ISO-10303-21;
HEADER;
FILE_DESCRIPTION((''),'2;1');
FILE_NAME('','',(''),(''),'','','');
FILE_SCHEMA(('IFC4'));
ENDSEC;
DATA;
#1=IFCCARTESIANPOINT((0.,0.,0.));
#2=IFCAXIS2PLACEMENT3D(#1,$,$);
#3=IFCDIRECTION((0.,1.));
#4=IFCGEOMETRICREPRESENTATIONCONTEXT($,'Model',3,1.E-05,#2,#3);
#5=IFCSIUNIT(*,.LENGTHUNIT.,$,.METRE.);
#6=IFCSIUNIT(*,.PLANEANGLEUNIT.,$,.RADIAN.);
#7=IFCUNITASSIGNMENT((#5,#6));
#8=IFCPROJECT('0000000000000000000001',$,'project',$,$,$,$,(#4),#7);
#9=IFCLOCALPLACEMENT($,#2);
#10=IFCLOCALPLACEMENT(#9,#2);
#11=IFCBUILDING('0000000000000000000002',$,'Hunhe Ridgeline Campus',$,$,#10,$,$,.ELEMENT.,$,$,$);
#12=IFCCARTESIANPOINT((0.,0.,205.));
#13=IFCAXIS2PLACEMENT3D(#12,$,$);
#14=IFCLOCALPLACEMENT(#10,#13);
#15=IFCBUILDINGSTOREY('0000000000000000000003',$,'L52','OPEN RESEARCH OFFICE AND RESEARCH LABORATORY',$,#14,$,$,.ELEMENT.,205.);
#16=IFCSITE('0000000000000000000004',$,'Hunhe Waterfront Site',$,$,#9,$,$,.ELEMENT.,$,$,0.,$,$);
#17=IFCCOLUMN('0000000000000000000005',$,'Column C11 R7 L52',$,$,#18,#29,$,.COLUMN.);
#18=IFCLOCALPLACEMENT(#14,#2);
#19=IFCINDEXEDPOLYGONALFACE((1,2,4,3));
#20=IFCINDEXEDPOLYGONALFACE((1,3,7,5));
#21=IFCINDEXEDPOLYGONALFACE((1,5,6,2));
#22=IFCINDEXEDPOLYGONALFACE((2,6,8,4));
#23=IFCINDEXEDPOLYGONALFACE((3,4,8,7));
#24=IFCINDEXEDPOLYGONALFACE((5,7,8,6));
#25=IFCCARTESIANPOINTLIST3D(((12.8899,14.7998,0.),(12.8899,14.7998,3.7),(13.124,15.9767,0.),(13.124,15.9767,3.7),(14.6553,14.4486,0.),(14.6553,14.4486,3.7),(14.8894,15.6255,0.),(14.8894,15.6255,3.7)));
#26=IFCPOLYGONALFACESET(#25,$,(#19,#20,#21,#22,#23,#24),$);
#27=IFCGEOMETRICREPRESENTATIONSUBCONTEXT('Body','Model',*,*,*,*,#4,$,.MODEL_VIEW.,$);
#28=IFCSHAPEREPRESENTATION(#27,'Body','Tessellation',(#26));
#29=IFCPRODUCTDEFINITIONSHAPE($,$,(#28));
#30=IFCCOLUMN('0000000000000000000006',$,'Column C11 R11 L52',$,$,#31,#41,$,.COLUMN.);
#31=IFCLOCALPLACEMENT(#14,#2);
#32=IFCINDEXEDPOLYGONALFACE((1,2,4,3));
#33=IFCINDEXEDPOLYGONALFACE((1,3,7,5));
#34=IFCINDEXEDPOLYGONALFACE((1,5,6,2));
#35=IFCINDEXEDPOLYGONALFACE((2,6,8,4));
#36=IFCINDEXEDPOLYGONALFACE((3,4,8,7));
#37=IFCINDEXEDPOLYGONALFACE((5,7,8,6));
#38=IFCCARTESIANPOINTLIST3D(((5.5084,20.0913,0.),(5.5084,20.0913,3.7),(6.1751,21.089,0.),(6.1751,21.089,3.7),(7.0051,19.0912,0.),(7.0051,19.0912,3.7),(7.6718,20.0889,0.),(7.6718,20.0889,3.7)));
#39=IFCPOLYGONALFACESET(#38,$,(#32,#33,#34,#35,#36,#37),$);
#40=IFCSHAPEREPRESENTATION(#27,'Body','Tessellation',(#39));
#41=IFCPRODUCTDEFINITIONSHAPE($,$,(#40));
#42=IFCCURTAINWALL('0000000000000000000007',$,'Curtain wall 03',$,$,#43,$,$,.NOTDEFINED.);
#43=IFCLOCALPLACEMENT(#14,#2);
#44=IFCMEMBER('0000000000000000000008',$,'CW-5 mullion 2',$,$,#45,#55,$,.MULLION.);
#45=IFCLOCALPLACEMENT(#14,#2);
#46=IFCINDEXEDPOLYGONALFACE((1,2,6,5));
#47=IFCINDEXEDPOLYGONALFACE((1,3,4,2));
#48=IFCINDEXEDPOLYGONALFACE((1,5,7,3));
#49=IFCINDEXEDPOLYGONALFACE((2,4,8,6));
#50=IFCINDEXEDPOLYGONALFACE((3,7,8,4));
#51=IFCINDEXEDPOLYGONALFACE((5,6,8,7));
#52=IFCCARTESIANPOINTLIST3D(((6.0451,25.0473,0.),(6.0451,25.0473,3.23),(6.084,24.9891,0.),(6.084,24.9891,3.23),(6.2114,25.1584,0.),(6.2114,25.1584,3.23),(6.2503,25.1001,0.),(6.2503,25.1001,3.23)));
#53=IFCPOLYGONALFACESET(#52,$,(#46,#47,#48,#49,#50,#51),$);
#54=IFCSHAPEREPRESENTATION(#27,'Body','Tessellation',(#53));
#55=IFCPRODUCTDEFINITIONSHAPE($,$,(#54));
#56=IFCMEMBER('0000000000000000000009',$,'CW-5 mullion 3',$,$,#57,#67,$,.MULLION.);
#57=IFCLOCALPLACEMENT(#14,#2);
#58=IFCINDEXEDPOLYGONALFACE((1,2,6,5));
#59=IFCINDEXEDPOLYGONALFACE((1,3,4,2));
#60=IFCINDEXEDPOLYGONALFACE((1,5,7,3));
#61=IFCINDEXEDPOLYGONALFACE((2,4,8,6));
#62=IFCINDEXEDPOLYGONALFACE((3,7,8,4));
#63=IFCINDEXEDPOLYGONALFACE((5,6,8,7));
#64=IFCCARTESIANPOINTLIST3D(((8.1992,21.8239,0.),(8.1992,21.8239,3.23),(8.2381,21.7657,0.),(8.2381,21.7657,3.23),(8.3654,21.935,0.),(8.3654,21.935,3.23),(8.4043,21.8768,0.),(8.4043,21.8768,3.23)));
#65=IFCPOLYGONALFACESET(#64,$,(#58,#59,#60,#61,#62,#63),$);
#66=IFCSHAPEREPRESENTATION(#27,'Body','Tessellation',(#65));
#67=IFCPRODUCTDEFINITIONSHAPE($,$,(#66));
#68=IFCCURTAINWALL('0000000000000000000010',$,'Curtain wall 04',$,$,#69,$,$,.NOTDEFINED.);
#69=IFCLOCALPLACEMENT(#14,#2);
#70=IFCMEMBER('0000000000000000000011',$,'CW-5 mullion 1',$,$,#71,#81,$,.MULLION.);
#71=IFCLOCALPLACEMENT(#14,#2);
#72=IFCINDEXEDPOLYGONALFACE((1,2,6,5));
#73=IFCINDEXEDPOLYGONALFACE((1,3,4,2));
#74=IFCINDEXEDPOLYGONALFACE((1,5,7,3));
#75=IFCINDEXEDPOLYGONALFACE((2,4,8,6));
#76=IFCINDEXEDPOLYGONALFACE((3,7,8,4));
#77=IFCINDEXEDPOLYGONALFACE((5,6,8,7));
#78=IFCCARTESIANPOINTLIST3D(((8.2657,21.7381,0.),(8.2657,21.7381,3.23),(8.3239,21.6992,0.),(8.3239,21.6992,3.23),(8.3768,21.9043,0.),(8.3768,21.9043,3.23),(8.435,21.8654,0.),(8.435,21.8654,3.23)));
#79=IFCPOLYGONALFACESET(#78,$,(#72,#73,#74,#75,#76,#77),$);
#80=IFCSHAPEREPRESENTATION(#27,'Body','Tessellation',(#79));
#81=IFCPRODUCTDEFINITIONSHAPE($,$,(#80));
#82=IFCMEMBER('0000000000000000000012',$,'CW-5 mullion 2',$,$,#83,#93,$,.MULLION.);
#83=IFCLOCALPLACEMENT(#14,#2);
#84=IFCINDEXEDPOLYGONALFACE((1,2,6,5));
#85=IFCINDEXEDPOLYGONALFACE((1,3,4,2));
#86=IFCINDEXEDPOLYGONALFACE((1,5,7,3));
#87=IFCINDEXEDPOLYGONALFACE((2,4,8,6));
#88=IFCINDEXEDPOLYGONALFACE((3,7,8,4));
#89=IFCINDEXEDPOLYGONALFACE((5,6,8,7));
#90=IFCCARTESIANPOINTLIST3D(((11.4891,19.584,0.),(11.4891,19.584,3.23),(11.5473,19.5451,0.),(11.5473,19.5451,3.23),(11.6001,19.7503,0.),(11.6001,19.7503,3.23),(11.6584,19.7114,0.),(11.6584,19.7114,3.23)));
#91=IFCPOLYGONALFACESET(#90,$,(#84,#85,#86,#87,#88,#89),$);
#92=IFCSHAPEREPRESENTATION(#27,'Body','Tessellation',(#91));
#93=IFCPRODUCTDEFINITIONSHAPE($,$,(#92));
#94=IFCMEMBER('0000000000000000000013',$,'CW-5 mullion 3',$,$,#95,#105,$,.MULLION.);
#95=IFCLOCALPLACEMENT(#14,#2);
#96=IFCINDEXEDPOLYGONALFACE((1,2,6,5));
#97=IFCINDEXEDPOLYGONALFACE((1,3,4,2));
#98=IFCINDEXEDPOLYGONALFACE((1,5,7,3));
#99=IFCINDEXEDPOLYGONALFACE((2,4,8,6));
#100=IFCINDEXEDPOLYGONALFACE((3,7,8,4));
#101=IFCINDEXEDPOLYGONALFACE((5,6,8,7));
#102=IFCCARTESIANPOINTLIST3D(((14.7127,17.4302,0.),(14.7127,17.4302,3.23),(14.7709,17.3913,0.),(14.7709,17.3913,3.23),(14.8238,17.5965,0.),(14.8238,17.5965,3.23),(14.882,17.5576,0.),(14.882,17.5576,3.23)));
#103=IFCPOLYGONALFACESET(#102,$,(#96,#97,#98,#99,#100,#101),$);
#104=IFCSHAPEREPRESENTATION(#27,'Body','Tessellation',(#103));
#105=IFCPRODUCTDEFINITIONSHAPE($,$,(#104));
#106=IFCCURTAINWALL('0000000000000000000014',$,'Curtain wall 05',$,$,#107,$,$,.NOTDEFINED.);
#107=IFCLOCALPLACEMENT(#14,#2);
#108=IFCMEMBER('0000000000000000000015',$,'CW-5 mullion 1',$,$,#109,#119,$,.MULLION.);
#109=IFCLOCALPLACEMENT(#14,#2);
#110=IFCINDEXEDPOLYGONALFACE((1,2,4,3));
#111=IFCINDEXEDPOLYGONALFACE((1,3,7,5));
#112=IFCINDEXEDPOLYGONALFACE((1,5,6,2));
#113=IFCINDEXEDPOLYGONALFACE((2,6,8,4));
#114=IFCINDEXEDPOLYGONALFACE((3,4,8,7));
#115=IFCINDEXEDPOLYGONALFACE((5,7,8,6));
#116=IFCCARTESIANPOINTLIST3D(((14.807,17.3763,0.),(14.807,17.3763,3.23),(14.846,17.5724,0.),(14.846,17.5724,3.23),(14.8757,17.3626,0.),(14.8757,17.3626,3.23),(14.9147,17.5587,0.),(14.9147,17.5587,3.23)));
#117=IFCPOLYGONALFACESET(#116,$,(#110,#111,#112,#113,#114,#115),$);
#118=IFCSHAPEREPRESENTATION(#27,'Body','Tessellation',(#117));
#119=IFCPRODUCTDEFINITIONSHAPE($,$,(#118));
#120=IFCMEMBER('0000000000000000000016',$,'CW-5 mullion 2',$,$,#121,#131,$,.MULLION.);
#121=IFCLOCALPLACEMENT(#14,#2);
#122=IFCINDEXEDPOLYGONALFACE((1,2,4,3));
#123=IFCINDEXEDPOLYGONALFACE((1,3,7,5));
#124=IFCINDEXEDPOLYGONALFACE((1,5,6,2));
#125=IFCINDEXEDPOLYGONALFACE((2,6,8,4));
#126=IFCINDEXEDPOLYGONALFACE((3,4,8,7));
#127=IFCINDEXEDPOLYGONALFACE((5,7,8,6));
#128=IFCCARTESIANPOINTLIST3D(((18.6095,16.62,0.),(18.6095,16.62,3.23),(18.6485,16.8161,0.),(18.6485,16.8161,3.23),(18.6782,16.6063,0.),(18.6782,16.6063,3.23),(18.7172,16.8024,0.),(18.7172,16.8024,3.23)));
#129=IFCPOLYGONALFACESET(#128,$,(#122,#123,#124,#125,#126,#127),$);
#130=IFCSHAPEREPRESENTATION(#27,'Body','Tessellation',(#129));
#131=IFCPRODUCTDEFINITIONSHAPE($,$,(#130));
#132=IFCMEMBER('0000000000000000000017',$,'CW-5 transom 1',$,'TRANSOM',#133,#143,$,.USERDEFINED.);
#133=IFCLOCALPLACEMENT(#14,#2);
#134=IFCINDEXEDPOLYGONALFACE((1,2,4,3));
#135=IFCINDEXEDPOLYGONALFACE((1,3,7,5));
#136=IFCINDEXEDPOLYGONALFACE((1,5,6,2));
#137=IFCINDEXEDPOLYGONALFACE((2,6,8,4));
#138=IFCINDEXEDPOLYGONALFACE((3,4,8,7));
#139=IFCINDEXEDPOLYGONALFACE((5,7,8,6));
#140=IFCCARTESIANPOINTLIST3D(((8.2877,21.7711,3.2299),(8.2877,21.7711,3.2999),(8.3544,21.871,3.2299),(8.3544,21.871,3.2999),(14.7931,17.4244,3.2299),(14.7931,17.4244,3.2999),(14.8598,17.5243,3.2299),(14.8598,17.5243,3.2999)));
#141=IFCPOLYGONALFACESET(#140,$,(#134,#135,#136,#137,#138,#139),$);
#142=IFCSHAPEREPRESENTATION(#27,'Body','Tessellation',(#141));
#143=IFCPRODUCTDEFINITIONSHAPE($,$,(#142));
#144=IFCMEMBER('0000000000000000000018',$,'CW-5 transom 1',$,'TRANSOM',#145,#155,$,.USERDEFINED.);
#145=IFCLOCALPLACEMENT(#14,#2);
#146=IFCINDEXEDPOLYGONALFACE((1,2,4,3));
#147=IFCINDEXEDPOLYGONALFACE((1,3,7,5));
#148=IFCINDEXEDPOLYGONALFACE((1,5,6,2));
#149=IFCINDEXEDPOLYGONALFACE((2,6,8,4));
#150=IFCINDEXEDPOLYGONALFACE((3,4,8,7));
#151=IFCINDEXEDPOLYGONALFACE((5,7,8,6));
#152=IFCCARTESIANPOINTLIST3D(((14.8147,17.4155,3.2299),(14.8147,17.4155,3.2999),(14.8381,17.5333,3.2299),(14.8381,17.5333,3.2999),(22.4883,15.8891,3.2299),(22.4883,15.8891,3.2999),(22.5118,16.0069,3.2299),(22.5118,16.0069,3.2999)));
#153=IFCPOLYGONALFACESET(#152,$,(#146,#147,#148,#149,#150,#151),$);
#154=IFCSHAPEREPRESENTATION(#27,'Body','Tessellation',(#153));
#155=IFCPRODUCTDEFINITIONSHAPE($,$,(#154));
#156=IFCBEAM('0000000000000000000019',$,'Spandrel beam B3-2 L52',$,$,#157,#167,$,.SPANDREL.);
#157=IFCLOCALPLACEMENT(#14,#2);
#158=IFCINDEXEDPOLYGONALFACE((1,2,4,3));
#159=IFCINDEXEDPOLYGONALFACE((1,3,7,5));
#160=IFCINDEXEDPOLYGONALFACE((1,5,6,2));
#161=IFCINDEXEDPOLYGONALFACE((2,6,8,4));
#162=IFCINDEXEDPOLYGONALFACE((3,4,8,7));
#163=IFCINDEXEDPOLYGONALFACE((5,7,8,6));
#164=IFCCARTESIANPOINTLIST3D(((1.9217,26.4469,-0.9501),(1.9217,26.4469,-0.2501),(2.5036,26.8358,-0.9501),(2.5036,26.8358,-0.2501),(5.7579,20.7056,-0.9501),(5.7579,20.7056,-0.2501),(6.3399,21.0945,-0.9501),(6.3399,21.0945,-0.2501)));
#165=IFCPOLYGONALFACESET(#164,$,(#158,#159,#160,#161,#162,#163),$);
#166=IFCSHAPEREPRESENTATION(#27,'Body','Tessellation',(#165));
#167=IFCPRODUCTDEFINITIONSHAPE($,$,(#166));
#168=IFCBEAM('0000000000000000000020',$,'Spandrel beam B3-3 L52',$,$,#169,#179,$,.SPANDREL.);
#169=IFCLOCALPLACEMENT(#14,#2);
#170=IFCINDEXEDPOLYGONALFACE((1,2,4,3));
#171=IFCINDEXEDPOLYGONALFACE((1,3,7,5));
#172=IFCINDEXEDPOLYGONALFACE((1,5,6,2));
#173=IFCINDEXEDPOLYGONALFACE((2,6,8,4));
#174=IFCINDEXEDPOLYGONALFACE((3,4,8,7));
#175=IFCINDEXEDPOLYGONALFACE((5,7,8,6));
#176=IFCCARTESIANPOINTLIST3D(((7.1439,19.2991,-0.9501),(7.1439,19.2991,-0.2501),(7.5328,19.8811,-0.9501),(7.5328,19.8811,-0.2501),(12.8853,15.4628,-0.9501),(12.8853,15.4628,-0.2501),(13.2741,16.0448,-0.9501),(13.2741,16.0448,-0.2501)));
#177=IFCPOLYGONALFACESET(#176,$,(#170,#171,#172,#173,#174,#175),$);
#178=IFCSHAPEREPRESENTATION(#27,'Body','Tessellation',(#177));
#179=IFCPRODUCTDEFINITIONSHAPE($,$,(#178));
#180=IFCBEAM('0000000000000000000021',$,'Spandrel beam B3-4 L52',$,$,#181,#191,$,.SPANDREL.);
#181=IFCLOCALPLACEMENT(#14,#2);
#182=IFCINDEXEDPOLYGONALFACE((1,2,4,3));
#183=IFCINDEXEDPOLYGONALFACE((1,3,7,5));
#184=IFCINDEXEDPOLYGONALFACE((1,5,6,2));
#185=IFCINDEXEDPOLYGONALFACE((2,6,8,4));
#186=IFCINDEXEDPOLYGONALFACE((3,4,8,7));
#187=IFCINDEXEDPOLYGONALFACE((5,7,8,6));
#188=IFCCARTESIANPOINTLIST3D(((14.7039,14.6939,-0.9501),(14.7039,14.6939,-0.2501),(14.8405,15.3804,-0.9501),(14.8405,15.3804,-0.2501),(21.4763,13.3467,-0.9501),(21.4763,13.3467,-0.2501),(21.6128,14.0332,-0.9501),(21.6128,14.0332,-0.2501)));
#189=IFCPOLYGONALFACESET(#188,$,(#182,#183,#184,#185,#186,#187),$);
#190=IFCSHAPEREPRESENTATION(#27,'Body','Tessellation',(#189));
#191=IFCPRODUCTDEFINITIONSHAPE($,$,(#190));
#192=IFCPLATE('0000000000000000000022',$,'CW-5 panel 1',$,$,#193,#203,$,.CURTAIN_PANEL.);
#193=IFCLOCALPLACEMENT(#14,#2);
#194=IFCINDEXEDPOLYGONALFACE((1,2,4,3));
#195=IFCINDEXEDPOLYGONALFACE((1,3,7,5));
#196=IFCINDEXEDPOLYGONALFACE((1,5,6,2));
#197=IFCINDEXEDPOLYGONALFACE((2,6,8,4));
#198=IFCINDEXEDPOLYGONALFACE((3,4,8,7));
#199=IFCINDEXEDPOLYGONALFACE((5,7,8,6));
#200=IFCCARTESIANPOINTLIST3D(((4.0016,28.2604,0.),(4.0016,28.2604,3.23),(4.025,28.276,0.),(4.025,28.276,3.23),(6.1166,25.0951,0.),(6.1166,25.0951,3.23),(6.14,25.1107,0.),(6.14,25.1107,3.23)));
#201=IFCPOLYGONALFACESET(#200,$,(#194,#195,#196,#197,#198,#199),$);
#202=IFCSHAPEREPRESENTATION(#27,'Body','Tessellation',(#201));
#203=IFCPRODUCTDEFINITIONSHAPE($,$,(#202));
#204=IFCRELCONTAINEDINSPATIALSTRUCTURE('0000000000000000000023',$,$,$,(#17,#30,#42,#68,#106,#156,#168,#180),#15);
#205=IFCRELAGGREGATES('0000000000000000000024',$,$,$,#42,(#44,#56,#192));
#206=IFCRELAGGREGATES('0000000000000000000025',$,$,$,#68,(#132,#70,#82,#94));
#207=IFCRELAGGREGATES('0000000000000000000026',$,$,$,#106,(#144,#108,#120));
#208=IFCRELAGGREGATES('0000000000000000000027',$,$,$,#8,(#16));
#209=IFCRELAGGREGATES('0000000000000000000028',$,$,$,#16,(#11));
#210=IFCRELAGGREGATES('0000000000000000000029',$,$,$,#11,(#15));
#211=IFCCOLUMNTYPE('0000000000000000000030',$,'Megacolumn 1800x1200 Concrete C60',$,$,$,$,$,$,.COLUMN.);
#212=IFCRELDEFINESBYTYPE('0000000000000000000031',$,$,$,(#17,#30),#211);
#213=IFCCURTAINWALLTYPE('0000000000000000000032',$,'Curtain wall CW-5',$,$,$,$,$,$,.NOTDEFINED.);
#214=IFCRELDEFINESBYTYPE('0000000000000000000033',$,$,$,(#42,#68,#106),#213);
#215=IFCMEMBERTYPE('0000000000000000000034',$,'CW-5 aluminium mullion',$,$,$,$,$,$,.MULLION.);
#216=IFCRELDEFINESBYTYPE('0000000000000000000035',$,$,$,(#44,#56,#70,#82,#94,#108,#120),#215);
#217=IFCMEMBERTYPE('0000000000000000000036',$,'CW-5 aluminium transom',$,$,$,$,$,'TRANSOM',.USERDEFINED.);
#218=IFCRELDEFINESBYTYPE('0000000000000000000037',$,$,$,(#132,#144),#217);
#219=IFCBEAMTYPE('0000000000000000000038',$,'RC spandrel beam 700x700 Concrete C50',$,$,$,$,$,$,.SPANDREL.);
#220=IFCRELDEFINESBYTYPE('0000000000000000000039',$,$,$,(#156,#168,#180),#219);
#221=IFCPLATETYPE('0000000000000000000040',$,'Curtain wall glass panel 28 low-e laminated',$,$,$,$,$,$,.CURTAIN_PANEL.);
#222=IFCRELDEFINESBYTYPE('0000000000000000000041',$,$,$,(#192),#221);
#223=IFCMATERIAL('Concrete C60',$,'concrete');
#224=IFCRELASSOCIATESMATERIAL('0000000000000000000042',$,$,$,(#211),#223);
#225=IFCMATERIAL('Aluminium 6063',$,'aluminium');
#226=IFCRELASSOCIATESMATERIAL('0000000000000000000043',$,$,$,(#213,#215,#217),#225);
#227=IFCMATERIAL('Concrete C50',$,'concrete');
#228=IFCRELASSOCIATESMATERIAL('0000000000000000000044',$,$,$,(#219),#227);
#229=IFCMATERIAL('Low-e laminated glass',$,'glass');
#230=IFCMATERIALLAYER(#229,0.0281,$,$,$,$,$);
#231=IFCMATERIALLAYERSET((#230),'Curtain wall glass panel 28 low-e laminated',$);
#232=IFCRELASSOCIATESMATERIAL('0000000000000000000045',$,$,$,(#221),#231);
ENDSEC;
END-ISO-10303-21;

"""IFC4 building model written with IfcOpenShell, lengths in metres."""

from ifc_helpers import new_model, si_unit, direction, frame, origin, origin_2d, place, context, subcontext, project, spatial, rectangle, extrude, material, layer, layer_set, material_profile, profile_set, type_object, element, aggregate, save


model = new_model("IFC4")

# Units and contexts
model_context = context("Model", 3, precision=1e-05, world=origin(), true_north=direction((0.0, 1.0)))
body_context = subcontext(model_context, "Body", "Model", "MODEL_VIEW")
ifc_project = project(units=[si_unit("LENGTHUNIT", "METRE"), si_unit("PLANEANGLEUNIT", "RADIAN")], contexts=[model_context])

# Site, building, storey
site_placement = place(None, origin())
site = spatial("IfcSite", under=ifc_project, at=site_placement, Name="Hunhe Waterfront Site", CompositionType="ELEMENT", RefElevation=0.0)
building_placement = place(site_placement, origin())
building = spatial("IfcBuilding", under=site, at=building_placement, Name="Hunhe Ridgeline Campus", CompositionType="ELEMENT")
storey_placement = place(building_placement, frame((0.0, 0.0, 205.0)))
storey = spatial("IfcBuildingStorey", under=building, at=storey_placement, Name="L52", Description="OPEN RESEARCH OFFICE AND RESEARCH LABORATORY", CompositionType="ELEMENT", Elevation=205.0)

# Columns
ifc_material_1 = material(Name="Concrete C60", Category="concrete")
ifc_material_profile_1 = material_profile(ifc_material_1, rectangle(XDim=1.8, YDim=1.2, at=origin_2d()))
ifc_profile_set_1 = profile_set([ifc_material_profile_1], Name="Concrete C60")
column_type = type_object("IfcColumnType", Name="Megacolumn 1800x1200 Concrete C60", PredefinedType="COLUMN", material=ifc_profile_set_1)
for number, where, z_axis, x_axis, name in (
    (1, (13.8896, 15.2126, 0.0), (0.0, 0.0, 1.0), (-0.980785, 0.19509, 0.0), "Column C11 R7 L52"),
    (2, (6.5901, 20.0901, 0.0), (0.0, 0.0, 1.0), (-0.83147, 0.55557, 0.0), "Column C11 R11 L52"),
):
    element("IfcColumn", number, at=place(storey_placement, frame(where, z_axis=z_axis, x_axis=x_axis)), inside=storey, type_object=column_type, Name=name, PredefinedType="COLUMN", context=body_context, shape_type="SweptSolid", body=[
        extrude(rectangle(XDim=1.8, YDim=1.2, at=origin_2d()), origin(), (0.0, 0.0, 1.0), 3.7),
    ])

# Curtain walls, members
ifc_material_2 = material(Name="Aluminium 6063", Category="aluminium")
curtain_wall_type = type_object("IfcCurtainWallType", Name="Curtain wall CW-5", PredefinedType="NOTDEFINED", material=ifc_material_2)
curtain_wall_1_placement = place(storey_placement, origin())
curtain_wall_1 = element("IfcCurtainWall", 3, at=curtain_wall_1_placement, inside=storey, type_object=curtain_wall_type, Name="Curtain wall 03", PredefinedType="NOTDEFINED")
ifc_material_profile_2 = material_profile(ifc_material_2, rectangle(XDim=0.2, YDim=0.0701, at=origin_2d()))
ifc_profile_set_2 = profile_set([ifc_material_profile_2], Name="Aluminium 6063")
member_type_1 = type_object("IfcMemberType", Name="CW-5 aluminium mullion", PredefinedType="MULLION", material=ifc_profile_set_2)
member_1_placement = place(storey_placement, frame((6.1477, 25.0737, 0.0), z_axis=(0.0, 0.0, 1.0), x_axis=(0.83147, 0.55557, 0.0)))
member_1 = element("IfcMember", 4, at=member_1_placement, type_object=member_type_1, Name="CW-5 mullion 2", PredefinedType="MULLION", context=body_context, shape_type="SweptSolid", body=[
    extrude(rectangle(XDim=0.2, YDim=0.0701, at=origin_2d()), origin(), (0.0, 0.0, 1.0), 3.23),
])
member_2_placement = place(storey_placement, frame((8.3018, 21.8503, 0.0), z_axis=(0.0, 0.0, 1.0), x_axis=(0.83147, 0.55557, 0.0)))
member_2 = element("IfcMember", 5, at=member_2_placement, type_object=member_type_1, Name="CW-5 mullion 3", PredefinedType="MULLION", context=body_context, shape_type="SweptSolid", body=[
    extrude(rectangle(XDim=0.2, YDim=0.0701, at=origin_2d()), origin(), (0.0, 0.0, 1.0), 3.23),
])
curtain_wall_2_placement = place(storey_placement, origin())
curtain_wall_2 = element("IfcCurtainWall", 6, at=curtain_wall_2_placement, inside=storey, type_object=curtain_wall_type, Name="Curtain wall 04", PredefinedType="NOTDEFINED")
member_3_placement = place(storey_placement, frame((8.3503, 21.8018, 0.0), z_axis=(0.0, 0.0, 1.0), x_axis=(0.55557, 0.83147, 0.0)))
member_3 = element("IfcMember", 7, at=member_3_placement, type_object=member_type_1, Name="CW-5 mullion 1", PredefinedType="MULLION", context=body_context, shape_type="SweptSolid", body=[
    extrude(rectangle(XDim=0.2, YDim=0.0701, at=origin_2d()), origin(), (0.0, 0.0, 1.0), 3.23),
])
member_4_placement = place(storey_placement, frame((11.5737, 19.6477, 0.0), z_axis=(0.0, 0.0, 1.0), x_axis=(0.55557, 0.83147, 0.0)))
member_4 = element("IfcMember", 8, at=member_4_placement, type_object=member_type_1, Name="CW-5 mullion 2", PredefinedType="MULLION", context=body_context, shape_type="SweptSolid", body=[
    extrude(rectangle(XDim=0.2, YDim=0.0701, at=origin_2d()), origin(), (0.0, 0.0, 1.0), 3.23),
])
member_5_placement = place(storey_placement, frame((14.7974, 17.4939, 0.0), z_axis=(0.0, 0.0, 1.0), x_axis=(0.55557, 0.83147, 0.0)))
member_5 = element("IfcMember", 9, at=member_5_placement, type_object=member_type_1, Name="CW-5 mullion 3", PredefinedType="MULLION", context=body_context, shape_type="SweptSolid", body=[
    extrude(rectangle(XDim=0.2, YDim=0.0701, at=origin_2d()), origin(), (0.0, 0.0, 1.0), 3.23),
])
curtain_wall_3_placement = place(storey_placement, origin())
curtain_wall_3 = element("IfcCurtainWall", 10, at=curtain_wall_3_placement, inside=storey, type_object=curtain_wall_type, Name="Curtain wall 05", PredefinedType="NOTDEFINED")
member_6_placement = place(storey_placement, frame((14.8608, 17.4675, 0.0), z_axis=(0.0, 0.0, 1.0), x_axis=(0.19509, 0.980785, 0.0)))
member_6 = element("IfcMember", 11, at=member_6_placement, type_object=member_type_1, Name="CW-5 mullion 1", PredefinedType="MULLION", context=body_context, shape_type="SweptSolid", body=[
    extrude(rectangle(XDim=0.2, YDim=0.0701, at=origin_2d()), origin(), (0.0, 0.0, 1.0), 3.23),
])
member_7_placement = place(storey_placement, frame((18.6633, 16.7112, 0.0), z_axis=(0.0, 0.0, 1.0), x_axis=(0.19509, 0.980785, 0.0)))
member_7 = element("IfcMember", 12, at=member_7_placement, type_object=member_type_1, Name="CW-5 mullion 2", PredefinedType="MULLION", context=body_context, shape_type="SweptSolid", body=[
    extrude(rectangle(XDim=0.2, YDim=0.0701, at=origin_2d()), origin(), (0.0, 0.0, 1.0), 3.23),
])

# Members
ifc_material_profile_3 = material_profile(ifc_material_2, rectangle(XDim=0.1201, YDim=0.0701, at=origin_2d()))
ifc_profile_set_3 = profile_set([ifc_material_profile_3], Name="Aluminium 6063")
member_type_2 = type_object("IfcMemberType", Name="CW-5 aluminium transom", ElementType="TRANSOM", PredefinedType="USERDEFINED", material=ifc_profile_set_3)
member_8_placement = place(storey_placement, frame((8.321, 21.821, 3.2649), z_axis=(0.831474, -0.555564, 0.0), x_axis=(0.555564, 0.831474, 0.0)))
member_8 = element("IfcMember", 13, at=member_8_placement, type_object=member_type_2, Name="CW-5 transom 1", ObjectType="TRANSOM", PredefinedType="USERDEFINED", context=body_context, shape_type="SweptSolid", body=[
    extrude(rectangle(XDim=0.1201, YDim=0.0701, at=origin_2d()), origin(), (0.0, 0.0, 1.0), 7.824),
])
member_9_placement = place(storey_placement, frame((14.8264, 17.4744, 3.2649), z_axis=(0.980785, -0.19509, 0.0), x_axis=(0.19509, 0.980785, 0.0)))
member_9 = element("IfcMember", 14, at=member_9_placement, type_object=member_type_2, Name="CW-5 transom 1", ObjectType="TRANSOM", PredefinedType="USERDEFINED", context=body_context, shape_type="SweptSolid", body=[
    extrude(rectangle(XDim=0.1201, YDim=0.0701, at=origin_2d()), origin(), (0.0, 0.0, 1.0), 7.824),
])

# Beams
ifc_material_3 = material(Name="Concrete C50", Category="concrete")
ifc_material_profile_4 = material_profile(ifc_material_3, rectangle(XDim=0.7, YDim=0.7, at=origin_2d()))
ifc_profile_set_4 = profile_set([ifc_material_profile_4], Name="Concrete C50")
beam_type = type_object("IfcBeamType", Name="RC spandrel beam 700x700 Concrete C50", PredefinedType="SPANDREL", material=ifc_profile_set_4)
for number, where, z_axis, x_axis, name in (
    (15, (2.2126, 26.6414, -0.6001), (0.555573, -0.831468, 0.0), (0.831468, 0.555573, 0.0), "Spandrel beam B3-2 L52"),
    (16, (7.3384, 19.5901, -0.6001), (0.831468, -0.555573, 0.0), (0.555573, 0.831468, 0.0), "Spandrel beam B3-3 L52"),
    (17, (14.7722, 15.0371, -0.6001), (0.980784, -0.195096, 0.0), (0.195096, 0.980784, 0.0), "Spandrel beam B3-4 L52"),
):
    element("IfcBeam", number, at=place(storey_placement, frame(where, z_axis=z_axis, x_axis=x_axis)), inside=storey, type_object=beam_type, Name=name, PredefinedType="SPANDREL", context=body_context, shape_type="SweptSolid", body=[
        extrude(rectangle(XDim=0.7, YDim=0.7, at=origin_2d()), origin(), (0.0, 0.0, 1.0), 6.905),
    ])

# Plate
ifc_material_4 = material(Name="Low-e laminated glass", Category="glass")
ifc_layer_1 = layer(ifc_material_4, 0.0281)
ifc_layer_set_1 = layer_set([ifc_layer_1], Name="Curtain wall glass panel 28 low-e laminated")
plate_type = type_object("IfcPlateType", Name="Curtain wall glass panel 28 low-e laminated", PredefinedType="CURTAIN_PANEL", material=ifc_layer_set_1)
plate_1_placement = place(storey_placement, frame((5.0708, 26.6855, 0.0), z_axis=(0.0, 0.0, 1.0), x_axis=(0.55557, -0.83147, 0.0)))
plate_1 = element("IfcPlate", 18, at=plate_1_placement, type_object=plate_type, Name="CW-5 panel 1", PredefinedType="CURTAIN_PANEL", context=body_context, shape_type="SweptSolid", body=[
    extrude(rectangle(XDim=3.8069, YDim=0.0281, at=origin_2d()), origin(), (0.0, 0.0, 1.0), 3.23),
])
aggregate(curtain_wall_1, [member_1, member_2, plate_1])
aggregate(curtain_wall_2, [member_8, member_3, member_4, member_5])
aggregate(curtain_wall_3, [member_9, member_6, member_7])

save(model, "model.ifc")
